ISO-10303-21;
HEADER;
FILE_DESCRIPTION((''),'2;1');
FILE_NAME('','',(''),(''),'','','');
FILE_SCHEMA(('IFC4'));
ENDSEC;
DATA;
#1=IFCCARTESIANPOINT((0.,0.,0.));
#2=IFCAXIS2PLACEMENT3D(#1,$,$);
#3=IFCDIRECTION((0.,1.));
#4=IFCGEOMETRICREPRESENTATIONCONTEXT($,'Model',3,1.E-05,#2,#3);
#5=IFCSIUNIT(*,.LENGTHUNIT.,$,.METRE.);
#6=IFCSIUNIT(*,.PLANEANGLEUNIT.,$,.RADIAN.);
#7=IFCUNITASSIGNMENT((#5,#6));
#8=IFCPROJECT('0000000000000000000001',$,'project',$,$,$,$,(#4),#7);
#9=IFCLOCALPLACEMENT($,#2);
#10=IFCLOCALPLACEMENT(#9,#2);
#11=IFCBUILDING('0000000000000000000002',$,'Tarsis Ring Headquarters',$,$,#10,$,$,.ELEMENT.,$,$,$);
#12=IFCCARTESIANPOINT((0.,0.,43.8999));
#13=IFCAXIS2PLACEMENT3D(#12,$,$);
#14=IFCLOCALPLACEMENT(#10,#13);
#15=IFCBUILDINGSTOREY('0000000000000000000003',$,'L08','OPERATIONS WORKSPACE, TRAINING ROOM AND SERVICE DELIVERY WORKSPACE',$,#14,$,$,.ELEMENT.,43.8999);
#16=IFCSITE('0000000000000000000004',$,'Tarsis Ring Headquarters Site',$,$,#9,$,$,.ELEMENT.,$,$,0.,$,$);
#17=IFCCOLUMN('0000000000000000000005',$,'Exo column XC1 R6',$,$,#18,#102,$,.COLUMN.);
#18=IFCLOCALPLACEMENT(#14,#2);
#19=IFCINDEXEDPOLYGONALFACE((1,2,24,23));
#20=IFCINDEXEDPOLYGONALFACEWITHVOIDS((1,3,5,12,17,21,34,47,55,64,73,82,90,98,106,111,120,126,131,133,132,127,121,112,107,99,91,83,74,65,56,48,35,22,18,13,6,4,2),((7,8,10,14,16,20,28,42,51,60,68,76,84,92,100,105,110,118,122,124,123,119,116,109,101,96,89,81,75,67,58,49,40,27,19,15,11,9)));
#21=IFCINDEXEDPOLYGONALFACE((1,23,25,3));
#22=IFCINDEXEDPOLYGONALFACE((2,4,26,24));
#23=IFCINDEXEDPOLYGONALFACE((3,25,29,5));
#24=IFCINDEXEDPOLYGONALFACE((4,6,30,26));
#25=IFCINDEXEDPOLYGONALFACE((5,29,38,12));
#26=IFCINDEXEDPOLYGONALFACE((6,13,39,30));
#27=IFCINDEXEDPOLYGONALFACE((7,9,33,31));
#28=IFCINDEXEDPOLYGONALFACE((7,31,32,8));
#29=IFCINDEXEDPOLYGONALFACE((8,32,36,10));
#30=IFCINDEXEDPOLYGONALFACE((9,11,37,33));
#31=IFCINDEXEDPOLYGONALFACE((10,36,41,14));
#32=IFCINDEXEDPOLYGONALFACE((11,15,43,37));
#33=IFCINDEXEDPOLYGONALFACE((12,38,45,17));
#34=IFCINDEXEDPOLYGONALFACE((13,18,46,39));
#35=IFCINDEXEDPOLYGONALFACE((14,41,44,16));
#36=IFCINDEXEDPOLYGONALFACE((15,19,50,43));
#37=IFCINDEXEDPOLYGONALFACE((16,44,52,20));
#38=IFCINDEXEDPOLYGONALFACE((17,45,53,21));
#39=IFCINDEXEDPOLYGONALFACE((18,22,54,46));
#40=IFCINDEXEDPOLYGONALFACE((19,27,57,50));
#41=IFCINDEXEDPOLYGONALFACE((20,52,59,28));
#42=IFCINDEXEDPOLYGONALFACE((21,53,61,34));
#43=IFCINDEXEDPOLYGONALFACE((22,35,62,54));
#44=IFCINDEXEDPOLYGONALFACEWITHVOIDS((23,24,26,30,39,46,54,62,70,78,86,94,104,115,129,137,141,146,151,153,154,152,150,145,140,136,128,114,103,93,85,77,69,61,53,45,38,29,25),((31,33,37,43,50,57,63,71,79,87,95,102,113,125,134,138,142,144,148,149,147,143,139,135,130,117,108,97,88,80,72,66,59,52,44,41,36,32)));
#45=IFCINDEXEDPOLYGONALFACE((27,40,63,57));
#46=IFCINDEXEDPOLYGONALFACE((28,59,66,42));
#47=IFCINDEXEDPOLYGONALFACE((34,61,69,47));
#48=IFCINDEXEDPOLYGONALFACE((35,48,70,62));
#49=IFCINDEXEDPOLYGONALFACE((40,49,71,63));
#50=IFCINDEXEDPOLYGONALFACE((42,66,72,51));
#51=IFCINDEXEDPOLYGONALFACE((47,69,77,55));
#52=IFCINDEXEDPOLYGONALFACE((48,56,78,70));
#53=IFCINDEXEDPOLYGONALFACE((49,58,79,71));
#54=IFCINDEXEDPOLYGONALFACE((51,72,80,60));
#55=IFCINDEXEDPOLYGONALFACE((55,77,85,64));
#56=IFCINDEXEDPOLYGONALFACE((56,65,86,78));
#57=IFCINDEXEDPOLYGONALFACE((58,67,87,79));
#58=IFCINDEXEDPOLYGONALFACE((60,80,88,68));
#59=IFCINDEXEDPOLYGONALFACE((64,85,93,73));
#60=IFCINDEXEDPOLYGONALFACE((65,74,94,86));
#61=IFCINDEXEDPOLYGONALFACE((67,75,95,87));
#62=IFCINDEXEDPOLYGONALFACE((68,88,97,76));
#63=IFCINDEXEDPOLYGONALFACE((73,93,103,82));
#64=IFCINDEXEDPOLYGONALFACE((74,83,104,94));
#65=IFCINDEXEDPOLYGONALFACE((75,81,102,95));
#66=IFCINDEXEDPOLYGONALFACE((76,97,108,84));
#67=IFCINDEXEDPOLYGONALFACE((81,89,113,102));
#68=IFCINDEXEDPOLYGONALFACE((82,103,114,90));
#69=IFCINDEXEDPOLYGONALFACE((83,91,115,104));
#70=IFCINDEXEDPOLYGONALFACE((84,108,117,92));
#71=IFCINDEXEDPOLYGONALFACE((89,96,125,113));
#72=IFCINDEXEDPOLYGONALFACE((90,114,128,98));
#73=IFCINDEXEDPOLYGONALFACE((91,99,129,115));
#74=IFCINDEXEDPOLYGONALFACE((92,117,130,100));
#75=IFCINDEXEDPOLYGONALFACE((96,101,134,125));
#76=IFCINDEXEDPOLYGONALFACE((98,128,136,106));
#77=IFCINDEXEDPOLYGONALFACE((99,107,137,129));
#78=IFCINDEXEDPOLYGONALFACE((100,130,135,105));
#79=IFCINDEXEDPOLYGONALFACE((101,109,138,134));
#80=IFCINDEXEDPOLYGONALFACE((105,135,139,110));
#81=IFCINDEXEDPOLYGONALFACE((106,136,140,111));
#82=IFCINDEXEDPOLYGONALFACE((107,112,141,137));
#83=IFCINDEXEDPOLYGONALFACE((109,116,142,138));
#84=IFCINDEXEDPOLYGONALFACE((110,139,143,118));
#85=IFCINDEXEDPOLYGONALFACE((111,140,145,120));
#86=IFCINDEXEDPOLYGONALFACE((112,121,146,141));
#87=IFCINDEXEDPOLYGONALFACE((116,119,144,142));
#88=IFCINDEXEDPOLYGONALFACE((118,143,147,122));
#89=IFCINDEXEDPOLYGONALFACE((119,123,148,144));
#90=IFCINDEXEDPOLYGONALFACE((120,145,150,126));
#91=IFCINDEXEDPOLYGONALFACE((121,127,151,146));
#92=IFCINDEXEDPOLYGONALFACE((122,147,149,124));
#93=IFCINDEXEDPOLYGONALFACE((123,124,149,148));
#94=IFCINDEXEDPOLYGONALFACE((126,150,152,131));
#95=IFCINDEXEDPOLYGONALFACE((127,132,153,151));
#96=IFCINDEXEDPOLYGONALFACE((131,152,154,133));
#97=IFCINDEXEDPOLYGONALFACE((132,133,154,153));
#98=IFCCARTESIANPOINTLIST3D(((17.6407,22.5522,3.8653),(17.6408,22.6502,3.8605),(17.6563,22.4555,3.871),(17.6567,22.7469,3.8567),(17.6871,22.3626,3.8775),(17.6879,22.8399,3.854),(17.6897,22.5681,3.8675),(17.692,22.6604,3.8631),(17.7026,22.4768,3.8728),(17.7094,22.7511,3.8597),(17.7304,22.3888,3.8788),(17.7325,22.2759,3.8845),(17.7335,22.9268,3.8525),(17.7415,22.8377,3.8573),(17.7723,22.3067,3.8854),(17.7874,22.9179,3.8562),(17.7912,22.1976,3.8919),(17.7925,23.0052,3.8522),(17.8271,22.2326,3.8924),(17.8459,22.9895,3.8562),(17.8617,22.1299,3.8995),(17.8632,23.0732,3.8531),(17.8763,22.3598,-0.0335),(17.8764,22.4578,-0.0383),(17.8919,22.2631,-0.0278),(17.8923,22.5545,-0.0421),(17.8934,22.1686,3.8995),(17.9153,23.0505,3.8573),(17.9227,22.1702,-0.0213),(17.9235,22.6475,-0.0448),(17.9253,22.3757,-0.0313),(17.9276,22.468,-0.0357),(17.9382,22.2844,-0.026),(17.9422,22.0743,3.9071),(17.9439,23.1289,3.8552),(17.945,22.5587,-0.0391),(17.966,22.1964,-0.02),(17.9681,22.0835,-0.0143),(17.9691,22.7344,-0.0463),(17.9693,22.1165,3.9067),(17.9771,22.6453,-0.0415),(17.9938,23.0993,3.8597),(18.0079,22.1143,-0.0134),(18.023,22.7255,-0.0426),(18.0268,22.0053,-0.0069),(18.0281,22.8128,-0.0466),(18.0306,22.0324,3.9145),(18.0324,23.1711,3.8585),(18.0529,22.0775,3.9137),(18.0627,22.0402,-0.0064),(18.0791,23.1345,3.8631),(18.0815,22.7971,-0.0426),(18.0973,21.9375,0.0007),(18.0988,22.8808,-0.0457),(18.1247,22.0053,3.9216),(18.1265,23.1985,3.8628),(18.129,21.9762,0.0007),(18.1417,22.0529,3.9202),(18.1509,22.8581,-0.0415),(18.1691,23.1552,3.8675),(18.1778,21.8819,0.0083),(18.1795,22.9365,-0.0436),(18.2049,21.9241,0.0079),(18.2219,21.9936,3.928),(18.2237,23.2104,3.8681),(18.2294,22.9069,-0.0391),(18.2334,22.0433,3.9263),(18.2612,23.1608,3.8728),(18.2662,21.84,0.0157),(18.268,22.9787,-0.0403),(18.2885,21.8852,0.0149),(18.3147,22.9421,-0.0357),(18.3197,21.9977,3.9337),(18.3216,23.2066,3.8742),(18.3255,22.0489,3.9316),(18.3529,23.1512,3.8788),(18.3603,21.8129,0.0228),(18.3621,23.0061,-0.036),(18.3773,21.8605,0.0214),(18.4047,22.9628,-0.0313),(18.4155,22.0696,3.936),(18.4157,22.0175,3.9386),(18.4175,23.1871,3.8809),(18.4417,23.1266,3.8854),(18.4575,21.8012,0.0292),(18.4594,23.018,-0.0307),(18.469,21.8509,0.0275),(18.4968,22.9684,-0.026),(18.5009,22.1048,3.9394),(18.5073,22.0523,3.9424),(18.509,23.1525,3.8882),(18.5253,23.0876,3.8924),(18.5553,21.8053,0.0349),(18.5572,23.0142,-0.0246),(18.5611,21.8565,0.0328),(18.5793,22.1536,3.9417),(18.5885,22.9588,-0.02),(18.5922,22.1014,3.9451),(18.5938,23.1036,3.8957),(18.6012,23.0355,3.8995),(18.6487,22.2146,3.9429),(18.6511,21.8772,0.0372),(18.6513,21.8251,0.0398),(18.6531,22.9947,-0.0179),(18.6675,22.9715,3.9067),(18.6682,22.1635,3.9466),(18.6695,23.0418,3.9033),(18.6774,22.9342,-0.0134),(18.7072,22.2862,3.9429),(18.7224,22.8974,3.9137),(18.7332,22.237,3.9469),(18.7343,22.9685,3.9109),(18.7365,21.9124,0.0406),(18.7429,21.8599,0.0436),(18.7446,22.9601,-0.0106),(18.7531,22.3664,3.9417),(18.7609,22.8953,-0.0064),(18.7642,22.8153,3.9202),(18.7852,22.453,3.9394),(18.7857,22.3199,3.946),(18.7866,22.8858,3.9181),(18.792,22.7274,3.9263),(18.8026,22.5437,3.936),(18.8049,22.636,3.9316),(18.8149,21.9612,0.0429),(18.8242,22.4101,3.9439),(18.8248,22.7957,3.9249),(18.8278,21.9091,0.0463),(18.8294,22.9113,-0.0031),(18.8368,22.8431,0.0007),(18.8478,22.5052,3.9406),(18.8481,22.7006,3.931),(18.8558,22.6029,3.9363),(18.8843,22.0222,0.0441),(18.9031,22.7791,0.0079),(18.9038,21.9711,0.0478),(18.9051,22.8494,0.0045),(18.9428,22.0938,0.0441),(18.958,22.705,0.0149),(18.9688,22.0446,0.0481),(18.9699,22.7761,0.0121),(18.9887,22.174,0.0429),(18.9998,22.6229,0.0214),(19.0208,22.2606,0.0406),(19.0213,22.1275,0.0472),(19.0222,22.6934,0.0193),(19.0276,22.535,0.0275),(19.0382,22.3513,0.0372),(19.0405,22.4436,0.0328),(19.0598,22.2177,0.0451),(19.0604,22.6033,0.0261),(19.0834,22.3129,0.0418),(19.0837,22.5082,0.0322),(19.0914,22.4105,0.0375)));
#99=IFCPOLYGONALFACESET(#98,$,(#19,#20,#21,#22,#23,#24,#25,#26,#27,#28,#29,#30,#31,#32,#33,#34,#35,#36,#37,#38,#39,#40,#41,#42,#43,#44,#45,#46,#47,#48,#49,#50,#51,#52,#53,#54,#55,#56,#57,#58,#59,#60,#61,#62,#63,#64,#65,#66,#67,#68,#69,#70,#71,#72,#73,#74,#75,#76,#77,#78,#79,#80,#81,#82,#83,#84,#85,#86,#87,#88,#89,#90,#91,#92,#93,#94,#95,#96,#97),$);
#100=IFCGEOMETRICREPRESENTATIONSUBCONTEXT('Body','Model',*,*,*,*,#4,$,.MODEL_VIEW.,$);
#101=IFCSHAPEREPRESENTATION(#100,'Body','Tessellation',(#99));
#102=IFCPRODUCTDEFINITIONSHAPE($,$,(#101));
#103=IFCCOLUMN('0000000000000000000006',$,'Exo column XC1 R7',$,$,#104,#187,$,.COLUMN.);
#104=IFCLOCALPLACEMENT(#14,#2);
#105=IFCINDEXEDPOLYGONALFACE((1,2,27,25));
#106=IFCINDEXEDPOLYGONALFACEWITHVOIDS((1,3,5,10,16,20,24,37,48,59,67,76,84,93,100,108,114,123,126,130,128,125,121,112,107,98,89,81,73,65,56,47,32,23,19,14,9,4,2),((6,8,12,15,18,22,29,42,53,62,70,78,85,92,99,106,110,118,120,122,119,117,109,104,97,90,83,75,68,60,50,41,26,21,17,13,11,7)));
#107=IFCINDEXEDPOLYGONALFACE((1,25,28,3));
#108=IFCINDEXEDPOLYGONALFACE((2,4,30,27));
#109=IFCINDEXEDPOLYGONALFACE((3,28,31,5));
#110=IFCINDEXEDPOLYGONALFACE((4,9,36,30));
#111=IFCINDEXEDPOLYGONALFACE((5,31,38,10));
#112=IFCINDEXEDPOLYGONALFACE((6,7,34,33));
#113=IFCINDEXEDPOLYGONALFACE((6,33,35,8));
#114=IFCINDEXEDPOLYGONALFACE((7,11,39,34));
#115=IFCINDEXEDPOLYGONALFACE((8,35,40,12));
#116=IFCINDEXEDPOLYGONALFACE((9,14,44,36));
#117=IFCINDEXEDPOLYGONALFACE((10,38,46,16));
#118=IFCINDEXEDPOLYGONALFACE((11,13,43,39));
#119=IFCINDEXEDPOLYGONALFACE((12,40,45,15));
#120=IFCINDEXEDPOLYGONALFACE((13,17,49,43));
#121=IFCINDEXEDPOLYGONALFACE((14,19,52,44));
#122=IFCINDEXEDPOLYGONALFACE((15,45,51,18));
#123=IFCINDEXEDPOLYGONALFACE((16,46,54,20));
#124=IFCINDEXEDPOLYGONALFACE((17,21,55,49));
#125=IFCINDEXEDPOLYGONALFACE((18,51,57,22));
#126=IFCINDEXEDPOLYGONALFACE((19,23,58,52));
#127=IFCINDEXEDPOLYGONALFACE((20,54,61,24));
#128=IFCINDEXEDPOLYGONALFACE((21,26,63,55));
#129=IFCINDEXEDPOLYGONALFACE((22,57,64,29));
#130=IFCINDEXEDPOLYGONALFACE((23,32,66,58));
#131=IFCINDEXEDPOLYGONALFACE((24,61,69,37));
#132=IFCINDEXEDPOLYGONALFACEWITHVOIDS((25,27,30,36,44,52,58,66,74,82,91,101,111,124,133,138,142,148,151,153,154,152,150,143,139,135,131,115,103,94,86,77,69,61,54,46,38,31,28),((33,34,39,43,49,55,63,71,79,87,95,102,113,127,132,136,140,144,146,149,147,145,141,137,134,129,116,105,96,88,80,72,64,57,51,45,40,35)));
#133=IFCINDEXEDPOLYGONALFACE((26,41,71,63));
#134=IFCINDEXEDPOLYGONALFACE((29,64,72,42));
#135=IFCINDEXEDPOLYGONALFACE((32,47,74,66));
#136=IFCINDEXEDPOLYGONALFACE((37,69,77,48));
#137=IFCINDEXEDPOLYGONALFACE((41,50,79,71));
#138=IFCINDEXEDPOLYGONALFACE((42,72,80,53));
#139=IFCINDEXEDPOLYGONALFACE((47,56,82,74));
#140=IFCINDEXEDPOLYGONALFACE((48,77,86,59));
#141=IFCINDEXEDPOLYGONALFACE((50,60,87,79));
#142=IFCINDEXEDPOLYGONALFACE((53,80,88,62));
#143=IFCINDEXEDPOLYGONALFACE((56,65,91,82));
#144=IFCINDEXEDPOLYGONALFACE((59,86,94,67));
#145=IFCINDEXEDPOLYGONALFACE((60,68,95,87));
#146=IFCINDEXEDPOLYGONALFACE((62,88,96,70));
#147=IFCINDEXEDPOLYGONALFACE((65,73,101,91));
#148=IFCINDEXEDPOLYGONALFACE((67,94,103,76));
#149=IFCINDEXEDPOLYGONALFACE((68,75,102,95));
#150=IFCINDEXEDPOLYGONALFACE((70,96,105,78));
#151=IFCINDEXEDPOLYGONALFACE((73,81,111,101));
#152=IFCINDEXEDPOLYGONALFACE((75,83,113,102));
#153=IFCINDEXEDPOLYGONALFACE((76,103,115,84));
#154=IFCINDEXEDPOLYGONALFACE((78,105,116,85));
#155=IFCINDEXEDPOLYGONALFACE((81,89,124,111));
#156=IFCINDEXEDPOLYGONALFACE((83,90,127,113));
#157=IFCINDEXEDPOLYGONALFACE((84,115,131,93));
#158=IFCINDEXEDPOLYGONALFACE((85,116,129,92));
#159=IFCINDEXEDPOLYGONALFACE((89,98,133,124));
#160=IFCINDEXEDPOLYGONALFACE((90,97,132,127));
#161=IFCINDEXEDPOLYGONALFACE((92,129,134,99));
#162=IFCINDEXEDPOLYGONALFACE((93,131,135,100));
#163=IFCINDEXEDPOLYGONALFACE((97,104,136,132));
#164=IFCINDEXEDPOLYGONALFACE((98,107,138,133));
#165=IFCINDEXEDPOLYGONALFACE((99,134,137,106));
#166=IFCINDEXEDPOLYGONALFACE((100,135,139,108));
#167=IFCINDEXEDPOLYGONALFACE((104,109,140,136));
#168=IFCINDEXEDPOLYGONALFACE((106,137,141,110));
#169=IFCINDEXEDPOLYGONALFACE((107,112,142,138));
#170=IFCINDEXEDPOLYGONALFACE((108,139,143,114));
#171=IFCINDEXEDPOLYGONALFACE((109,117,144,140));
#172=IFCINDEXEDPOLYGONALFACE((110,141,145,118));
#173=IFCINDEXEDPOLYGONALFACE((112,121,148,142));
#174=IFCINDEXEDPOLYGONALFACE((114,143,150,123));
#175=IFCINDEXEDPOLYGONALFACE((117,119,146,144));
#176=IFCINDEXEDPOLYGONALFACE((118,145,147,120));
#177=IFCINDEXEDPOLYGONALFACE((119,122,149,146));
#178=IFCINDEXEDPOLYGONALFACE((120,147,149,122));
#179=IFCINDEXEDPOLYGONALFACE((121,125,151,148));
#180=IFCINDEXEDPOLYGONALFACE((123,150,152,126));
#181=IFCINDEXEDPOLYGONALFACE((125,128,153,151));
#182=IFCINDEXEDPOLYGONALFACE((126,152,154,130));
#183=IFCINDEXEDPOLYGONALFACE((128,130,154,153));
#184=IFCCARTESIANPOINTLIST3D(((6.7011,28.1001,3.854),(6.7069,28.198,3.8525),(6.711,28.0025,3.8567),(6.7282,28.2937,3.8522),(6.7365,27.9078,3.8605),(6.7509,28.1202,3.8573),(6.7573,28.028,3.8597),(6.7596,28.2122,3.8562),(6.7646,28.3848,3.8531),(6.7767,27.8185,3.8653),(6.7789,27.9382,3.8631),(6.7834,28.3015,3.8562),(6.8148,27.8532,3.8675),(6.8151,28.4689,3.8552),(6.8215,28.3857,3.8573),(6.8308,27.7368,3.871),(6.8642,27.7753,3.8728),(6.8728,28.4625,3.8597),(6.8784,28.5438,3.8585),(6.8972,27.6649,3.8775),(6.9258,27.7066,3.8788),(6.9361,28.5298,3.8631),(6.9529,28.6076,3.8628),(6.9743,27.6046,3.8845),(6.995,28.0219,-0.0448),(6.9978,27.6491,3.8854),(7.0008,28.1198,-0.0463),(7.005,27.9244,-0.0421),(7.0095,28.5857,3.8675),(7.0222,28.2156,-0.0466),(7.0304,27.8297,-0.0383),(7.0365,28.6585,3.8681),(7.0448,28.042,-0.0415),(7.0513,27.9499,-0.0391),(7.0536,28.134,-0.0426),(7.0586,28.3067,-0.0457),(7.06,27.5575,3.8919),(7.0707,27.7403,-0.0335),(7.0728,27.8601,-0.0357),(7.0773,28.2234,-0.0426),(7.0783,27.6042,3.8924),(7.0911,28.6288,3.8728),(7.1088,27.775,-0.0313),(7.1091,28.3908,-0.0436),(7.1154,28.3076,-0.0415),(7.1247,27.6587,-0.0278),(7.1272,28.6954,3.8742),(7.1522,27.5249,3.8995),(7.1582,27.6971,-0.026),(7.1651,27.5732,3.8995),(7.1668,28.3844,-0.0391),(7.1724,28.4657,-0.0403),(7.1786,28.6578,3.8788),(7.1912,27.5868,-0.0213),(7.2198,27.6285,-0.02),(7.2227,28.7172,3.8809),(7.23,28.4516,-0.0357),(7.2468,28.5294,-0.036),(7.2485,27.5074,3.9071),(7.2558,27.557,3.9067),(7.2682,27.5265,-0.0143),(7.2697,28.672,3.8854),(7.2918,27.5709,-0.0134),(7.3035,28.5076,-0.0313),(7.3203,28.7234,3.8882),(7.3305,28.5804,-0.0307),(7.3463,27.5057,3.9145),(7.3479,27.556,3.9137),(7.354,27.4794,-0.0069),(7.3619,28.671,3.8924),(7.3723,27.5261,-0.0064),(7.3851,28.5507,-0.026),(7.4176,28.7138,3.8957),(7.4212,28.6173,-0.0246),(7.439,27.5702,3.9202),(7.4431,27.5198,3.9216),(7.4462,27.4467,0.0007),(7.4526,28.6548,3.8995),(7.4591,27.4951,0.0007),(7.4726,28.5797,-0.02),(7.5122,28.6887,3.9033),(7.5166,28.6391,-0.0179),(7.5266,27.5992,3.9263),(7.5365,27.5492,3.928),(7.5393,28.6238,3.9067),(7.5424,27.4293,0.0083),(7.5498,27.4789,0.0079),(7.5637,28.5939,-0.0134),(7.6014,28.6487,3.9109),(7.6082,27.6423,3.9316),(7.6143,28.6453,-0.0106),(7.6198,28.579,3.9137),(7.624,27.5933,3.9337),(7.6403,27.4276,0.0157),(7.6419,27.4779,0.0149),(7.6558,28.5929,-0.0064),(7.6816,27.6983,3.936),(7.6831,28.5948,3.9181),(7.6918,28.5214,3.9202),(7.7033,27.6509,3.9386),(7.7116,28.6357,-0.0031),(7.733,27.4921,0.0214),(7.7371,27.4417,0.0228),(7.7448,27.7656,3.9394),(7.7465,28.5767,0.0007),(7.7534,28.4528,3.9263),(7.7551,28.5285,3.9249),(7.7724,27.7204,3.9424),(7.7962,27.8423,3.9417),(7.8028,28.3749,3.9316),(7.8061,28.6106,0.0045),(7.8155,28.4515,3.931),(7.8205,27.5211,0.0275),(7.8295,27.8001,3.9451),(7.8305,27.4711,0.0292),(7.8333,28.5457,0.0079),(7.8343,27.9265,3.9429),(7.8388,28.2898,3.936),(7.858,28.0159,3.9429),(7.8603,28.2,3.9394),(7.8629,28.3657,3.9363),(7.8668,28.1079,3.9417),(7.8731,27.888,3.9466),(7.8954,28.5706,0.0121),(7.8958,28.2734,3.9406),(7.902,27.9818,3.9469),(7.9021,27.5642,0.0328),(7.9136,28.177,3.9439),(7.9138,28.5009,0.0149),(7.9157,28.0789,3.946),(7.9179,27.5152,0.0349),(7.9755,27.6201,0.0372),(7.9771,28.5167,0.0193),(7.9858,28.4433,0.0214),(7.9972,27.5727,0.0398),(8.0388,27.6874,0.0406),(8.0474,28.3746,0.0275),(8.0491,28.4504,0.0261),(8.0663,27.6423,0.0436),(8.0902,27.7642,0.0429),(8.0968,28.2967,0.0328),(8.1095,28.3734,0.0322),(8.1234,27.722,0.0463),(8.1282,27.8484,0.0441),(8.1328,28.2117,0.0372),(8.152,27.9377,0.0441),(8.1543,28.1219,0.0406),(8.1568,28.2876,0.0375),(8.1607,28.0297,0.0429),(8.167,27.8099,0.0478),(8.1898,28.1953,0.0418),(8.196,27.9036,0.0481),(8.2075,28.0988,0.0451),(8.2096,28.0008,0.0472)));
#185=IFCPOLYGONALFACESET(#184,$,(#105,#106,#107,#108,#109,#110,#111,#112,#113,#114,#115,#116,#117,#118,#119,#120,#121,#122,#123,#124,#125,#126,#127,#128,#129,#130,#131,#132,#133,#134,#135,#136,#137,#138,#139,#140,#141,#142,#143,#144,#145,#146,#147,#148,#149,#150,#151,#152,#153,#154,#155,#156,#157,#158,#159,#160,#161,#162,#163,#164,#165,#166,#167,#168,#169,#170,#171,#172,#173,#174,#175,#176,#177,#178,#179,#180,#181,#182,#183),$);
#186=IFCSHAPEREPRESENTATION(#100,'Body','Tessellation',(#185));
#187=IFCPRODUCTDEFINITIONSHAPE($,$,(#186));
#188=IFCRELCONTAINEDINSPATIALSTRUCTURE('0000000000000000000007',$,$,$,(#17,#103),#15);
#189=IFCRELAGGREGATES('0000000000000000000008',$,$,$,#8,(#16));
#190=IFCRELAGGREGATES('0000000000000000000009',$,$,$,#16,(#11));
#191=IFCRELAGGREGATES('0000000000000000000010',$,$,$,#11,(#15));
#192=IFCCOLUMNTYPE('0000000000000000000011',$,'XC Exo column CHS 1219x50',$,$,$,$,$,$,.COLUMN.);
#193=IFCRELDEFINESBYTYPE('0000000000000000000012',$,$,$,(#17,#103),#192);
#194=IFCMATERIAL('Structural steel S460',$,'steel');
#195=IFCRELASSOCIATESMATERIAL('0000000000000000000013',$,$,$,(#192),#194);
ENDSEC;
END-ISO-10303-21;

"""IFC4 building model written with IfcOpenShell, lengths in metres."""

from ifc_helpers import new_model, si_unit, direction, frame, origin, origin_2d, place, context, subcontext, project, spatial, hollow_circle, extrude, material, material_profile, profile_set, type_object, element, save


model = new_model("IFC4")

# Units and contexts
model_context = context("Model", 3, precision=1e-05, world=origin(), true_north=direction((0.0, 1.0)))
body_context = subcontext(model_context, "Body", "Model", "MODEL_VIEW")
ifc_project = project(units=[si_unit("LENGTHUNIT", "METRE"), si_unit("PLANEANGLEUNIT", "RADIAN")], contexts=[model_context])

# Site, building, storey
site_placement = place(None, origin())
site = spatial("IfcSite", under=ifc_project, at=site_placement, Name="Tarsis Ring Headquarters Site", CompositionType="ELEMENT", RefElevation=0.0)
building_placement = place(site_placement, origin())
building = spatial("IfcBuilding", under=site, at=building_placement, Name="Tarsis Ring Headquarters", CompositionType="ELEMENT")
storey_placement = place(building_placement, frame((0.0, 0.0, 43.8999)))
storey = spatial("IfcBuildingStorey", under=building, at=storey_placement, Name="L08", Description="OPERATIONS WORKSPACE, TRAINING ROOM AND SERVICE DELIVERY WORKSPACE", CompositionType="ELEMENT", Elevation=43.8999)

# Columns
ifc_material_1 = material(Name="Structural steel S460", Category="steel")
ifc_material_profile_1 = material_profile(ifc_material_1, hollow_circle(Radius=0.6096, WallThickness=0.05, at=origin_2d()), Name="CHS 1219x50")
ifc_profile_set_1 = profile_set([ifc_material_profile_1], Name="Structural steel S460")
column_type = type_object("IfcColumnType", Name="XC Exo column CHS 1219x50", PredefinedType="COLUMN", material=ifc_profile_set_1)
for number, where, z_axis, x_axis, name in (
    (1, (18.4829, 22.4097, 0.0007), (-0.060247, 0.049196, 0.99697), (-0.632494, -0.774565, 0.0), "Exo column XC1 R6"),
    (2, (7.6028, 28.0359, 0.0007), (-0.075168, 0.019978, 0.996971), (-0.256863, -0.966448, 0.0), "Exo column XC1 R7"),
):
    element("IfcColumn", number, at=place(storey_placement, frame(where, z_axis=z_axis, x_axis=x_axis)), inside=storey, type_object=column_type, Name=name, PredefinedType="COLUMN", context=body_context, shape_type="SweptSolid", body=[
        extrude(hollow_circle(Radius=0.6096, WallThickness=0.05, at=origin_2d()), origin(), (0.0, 0.0, 1.0), 3.9106),
    ])

save(model, "model.ifc")
